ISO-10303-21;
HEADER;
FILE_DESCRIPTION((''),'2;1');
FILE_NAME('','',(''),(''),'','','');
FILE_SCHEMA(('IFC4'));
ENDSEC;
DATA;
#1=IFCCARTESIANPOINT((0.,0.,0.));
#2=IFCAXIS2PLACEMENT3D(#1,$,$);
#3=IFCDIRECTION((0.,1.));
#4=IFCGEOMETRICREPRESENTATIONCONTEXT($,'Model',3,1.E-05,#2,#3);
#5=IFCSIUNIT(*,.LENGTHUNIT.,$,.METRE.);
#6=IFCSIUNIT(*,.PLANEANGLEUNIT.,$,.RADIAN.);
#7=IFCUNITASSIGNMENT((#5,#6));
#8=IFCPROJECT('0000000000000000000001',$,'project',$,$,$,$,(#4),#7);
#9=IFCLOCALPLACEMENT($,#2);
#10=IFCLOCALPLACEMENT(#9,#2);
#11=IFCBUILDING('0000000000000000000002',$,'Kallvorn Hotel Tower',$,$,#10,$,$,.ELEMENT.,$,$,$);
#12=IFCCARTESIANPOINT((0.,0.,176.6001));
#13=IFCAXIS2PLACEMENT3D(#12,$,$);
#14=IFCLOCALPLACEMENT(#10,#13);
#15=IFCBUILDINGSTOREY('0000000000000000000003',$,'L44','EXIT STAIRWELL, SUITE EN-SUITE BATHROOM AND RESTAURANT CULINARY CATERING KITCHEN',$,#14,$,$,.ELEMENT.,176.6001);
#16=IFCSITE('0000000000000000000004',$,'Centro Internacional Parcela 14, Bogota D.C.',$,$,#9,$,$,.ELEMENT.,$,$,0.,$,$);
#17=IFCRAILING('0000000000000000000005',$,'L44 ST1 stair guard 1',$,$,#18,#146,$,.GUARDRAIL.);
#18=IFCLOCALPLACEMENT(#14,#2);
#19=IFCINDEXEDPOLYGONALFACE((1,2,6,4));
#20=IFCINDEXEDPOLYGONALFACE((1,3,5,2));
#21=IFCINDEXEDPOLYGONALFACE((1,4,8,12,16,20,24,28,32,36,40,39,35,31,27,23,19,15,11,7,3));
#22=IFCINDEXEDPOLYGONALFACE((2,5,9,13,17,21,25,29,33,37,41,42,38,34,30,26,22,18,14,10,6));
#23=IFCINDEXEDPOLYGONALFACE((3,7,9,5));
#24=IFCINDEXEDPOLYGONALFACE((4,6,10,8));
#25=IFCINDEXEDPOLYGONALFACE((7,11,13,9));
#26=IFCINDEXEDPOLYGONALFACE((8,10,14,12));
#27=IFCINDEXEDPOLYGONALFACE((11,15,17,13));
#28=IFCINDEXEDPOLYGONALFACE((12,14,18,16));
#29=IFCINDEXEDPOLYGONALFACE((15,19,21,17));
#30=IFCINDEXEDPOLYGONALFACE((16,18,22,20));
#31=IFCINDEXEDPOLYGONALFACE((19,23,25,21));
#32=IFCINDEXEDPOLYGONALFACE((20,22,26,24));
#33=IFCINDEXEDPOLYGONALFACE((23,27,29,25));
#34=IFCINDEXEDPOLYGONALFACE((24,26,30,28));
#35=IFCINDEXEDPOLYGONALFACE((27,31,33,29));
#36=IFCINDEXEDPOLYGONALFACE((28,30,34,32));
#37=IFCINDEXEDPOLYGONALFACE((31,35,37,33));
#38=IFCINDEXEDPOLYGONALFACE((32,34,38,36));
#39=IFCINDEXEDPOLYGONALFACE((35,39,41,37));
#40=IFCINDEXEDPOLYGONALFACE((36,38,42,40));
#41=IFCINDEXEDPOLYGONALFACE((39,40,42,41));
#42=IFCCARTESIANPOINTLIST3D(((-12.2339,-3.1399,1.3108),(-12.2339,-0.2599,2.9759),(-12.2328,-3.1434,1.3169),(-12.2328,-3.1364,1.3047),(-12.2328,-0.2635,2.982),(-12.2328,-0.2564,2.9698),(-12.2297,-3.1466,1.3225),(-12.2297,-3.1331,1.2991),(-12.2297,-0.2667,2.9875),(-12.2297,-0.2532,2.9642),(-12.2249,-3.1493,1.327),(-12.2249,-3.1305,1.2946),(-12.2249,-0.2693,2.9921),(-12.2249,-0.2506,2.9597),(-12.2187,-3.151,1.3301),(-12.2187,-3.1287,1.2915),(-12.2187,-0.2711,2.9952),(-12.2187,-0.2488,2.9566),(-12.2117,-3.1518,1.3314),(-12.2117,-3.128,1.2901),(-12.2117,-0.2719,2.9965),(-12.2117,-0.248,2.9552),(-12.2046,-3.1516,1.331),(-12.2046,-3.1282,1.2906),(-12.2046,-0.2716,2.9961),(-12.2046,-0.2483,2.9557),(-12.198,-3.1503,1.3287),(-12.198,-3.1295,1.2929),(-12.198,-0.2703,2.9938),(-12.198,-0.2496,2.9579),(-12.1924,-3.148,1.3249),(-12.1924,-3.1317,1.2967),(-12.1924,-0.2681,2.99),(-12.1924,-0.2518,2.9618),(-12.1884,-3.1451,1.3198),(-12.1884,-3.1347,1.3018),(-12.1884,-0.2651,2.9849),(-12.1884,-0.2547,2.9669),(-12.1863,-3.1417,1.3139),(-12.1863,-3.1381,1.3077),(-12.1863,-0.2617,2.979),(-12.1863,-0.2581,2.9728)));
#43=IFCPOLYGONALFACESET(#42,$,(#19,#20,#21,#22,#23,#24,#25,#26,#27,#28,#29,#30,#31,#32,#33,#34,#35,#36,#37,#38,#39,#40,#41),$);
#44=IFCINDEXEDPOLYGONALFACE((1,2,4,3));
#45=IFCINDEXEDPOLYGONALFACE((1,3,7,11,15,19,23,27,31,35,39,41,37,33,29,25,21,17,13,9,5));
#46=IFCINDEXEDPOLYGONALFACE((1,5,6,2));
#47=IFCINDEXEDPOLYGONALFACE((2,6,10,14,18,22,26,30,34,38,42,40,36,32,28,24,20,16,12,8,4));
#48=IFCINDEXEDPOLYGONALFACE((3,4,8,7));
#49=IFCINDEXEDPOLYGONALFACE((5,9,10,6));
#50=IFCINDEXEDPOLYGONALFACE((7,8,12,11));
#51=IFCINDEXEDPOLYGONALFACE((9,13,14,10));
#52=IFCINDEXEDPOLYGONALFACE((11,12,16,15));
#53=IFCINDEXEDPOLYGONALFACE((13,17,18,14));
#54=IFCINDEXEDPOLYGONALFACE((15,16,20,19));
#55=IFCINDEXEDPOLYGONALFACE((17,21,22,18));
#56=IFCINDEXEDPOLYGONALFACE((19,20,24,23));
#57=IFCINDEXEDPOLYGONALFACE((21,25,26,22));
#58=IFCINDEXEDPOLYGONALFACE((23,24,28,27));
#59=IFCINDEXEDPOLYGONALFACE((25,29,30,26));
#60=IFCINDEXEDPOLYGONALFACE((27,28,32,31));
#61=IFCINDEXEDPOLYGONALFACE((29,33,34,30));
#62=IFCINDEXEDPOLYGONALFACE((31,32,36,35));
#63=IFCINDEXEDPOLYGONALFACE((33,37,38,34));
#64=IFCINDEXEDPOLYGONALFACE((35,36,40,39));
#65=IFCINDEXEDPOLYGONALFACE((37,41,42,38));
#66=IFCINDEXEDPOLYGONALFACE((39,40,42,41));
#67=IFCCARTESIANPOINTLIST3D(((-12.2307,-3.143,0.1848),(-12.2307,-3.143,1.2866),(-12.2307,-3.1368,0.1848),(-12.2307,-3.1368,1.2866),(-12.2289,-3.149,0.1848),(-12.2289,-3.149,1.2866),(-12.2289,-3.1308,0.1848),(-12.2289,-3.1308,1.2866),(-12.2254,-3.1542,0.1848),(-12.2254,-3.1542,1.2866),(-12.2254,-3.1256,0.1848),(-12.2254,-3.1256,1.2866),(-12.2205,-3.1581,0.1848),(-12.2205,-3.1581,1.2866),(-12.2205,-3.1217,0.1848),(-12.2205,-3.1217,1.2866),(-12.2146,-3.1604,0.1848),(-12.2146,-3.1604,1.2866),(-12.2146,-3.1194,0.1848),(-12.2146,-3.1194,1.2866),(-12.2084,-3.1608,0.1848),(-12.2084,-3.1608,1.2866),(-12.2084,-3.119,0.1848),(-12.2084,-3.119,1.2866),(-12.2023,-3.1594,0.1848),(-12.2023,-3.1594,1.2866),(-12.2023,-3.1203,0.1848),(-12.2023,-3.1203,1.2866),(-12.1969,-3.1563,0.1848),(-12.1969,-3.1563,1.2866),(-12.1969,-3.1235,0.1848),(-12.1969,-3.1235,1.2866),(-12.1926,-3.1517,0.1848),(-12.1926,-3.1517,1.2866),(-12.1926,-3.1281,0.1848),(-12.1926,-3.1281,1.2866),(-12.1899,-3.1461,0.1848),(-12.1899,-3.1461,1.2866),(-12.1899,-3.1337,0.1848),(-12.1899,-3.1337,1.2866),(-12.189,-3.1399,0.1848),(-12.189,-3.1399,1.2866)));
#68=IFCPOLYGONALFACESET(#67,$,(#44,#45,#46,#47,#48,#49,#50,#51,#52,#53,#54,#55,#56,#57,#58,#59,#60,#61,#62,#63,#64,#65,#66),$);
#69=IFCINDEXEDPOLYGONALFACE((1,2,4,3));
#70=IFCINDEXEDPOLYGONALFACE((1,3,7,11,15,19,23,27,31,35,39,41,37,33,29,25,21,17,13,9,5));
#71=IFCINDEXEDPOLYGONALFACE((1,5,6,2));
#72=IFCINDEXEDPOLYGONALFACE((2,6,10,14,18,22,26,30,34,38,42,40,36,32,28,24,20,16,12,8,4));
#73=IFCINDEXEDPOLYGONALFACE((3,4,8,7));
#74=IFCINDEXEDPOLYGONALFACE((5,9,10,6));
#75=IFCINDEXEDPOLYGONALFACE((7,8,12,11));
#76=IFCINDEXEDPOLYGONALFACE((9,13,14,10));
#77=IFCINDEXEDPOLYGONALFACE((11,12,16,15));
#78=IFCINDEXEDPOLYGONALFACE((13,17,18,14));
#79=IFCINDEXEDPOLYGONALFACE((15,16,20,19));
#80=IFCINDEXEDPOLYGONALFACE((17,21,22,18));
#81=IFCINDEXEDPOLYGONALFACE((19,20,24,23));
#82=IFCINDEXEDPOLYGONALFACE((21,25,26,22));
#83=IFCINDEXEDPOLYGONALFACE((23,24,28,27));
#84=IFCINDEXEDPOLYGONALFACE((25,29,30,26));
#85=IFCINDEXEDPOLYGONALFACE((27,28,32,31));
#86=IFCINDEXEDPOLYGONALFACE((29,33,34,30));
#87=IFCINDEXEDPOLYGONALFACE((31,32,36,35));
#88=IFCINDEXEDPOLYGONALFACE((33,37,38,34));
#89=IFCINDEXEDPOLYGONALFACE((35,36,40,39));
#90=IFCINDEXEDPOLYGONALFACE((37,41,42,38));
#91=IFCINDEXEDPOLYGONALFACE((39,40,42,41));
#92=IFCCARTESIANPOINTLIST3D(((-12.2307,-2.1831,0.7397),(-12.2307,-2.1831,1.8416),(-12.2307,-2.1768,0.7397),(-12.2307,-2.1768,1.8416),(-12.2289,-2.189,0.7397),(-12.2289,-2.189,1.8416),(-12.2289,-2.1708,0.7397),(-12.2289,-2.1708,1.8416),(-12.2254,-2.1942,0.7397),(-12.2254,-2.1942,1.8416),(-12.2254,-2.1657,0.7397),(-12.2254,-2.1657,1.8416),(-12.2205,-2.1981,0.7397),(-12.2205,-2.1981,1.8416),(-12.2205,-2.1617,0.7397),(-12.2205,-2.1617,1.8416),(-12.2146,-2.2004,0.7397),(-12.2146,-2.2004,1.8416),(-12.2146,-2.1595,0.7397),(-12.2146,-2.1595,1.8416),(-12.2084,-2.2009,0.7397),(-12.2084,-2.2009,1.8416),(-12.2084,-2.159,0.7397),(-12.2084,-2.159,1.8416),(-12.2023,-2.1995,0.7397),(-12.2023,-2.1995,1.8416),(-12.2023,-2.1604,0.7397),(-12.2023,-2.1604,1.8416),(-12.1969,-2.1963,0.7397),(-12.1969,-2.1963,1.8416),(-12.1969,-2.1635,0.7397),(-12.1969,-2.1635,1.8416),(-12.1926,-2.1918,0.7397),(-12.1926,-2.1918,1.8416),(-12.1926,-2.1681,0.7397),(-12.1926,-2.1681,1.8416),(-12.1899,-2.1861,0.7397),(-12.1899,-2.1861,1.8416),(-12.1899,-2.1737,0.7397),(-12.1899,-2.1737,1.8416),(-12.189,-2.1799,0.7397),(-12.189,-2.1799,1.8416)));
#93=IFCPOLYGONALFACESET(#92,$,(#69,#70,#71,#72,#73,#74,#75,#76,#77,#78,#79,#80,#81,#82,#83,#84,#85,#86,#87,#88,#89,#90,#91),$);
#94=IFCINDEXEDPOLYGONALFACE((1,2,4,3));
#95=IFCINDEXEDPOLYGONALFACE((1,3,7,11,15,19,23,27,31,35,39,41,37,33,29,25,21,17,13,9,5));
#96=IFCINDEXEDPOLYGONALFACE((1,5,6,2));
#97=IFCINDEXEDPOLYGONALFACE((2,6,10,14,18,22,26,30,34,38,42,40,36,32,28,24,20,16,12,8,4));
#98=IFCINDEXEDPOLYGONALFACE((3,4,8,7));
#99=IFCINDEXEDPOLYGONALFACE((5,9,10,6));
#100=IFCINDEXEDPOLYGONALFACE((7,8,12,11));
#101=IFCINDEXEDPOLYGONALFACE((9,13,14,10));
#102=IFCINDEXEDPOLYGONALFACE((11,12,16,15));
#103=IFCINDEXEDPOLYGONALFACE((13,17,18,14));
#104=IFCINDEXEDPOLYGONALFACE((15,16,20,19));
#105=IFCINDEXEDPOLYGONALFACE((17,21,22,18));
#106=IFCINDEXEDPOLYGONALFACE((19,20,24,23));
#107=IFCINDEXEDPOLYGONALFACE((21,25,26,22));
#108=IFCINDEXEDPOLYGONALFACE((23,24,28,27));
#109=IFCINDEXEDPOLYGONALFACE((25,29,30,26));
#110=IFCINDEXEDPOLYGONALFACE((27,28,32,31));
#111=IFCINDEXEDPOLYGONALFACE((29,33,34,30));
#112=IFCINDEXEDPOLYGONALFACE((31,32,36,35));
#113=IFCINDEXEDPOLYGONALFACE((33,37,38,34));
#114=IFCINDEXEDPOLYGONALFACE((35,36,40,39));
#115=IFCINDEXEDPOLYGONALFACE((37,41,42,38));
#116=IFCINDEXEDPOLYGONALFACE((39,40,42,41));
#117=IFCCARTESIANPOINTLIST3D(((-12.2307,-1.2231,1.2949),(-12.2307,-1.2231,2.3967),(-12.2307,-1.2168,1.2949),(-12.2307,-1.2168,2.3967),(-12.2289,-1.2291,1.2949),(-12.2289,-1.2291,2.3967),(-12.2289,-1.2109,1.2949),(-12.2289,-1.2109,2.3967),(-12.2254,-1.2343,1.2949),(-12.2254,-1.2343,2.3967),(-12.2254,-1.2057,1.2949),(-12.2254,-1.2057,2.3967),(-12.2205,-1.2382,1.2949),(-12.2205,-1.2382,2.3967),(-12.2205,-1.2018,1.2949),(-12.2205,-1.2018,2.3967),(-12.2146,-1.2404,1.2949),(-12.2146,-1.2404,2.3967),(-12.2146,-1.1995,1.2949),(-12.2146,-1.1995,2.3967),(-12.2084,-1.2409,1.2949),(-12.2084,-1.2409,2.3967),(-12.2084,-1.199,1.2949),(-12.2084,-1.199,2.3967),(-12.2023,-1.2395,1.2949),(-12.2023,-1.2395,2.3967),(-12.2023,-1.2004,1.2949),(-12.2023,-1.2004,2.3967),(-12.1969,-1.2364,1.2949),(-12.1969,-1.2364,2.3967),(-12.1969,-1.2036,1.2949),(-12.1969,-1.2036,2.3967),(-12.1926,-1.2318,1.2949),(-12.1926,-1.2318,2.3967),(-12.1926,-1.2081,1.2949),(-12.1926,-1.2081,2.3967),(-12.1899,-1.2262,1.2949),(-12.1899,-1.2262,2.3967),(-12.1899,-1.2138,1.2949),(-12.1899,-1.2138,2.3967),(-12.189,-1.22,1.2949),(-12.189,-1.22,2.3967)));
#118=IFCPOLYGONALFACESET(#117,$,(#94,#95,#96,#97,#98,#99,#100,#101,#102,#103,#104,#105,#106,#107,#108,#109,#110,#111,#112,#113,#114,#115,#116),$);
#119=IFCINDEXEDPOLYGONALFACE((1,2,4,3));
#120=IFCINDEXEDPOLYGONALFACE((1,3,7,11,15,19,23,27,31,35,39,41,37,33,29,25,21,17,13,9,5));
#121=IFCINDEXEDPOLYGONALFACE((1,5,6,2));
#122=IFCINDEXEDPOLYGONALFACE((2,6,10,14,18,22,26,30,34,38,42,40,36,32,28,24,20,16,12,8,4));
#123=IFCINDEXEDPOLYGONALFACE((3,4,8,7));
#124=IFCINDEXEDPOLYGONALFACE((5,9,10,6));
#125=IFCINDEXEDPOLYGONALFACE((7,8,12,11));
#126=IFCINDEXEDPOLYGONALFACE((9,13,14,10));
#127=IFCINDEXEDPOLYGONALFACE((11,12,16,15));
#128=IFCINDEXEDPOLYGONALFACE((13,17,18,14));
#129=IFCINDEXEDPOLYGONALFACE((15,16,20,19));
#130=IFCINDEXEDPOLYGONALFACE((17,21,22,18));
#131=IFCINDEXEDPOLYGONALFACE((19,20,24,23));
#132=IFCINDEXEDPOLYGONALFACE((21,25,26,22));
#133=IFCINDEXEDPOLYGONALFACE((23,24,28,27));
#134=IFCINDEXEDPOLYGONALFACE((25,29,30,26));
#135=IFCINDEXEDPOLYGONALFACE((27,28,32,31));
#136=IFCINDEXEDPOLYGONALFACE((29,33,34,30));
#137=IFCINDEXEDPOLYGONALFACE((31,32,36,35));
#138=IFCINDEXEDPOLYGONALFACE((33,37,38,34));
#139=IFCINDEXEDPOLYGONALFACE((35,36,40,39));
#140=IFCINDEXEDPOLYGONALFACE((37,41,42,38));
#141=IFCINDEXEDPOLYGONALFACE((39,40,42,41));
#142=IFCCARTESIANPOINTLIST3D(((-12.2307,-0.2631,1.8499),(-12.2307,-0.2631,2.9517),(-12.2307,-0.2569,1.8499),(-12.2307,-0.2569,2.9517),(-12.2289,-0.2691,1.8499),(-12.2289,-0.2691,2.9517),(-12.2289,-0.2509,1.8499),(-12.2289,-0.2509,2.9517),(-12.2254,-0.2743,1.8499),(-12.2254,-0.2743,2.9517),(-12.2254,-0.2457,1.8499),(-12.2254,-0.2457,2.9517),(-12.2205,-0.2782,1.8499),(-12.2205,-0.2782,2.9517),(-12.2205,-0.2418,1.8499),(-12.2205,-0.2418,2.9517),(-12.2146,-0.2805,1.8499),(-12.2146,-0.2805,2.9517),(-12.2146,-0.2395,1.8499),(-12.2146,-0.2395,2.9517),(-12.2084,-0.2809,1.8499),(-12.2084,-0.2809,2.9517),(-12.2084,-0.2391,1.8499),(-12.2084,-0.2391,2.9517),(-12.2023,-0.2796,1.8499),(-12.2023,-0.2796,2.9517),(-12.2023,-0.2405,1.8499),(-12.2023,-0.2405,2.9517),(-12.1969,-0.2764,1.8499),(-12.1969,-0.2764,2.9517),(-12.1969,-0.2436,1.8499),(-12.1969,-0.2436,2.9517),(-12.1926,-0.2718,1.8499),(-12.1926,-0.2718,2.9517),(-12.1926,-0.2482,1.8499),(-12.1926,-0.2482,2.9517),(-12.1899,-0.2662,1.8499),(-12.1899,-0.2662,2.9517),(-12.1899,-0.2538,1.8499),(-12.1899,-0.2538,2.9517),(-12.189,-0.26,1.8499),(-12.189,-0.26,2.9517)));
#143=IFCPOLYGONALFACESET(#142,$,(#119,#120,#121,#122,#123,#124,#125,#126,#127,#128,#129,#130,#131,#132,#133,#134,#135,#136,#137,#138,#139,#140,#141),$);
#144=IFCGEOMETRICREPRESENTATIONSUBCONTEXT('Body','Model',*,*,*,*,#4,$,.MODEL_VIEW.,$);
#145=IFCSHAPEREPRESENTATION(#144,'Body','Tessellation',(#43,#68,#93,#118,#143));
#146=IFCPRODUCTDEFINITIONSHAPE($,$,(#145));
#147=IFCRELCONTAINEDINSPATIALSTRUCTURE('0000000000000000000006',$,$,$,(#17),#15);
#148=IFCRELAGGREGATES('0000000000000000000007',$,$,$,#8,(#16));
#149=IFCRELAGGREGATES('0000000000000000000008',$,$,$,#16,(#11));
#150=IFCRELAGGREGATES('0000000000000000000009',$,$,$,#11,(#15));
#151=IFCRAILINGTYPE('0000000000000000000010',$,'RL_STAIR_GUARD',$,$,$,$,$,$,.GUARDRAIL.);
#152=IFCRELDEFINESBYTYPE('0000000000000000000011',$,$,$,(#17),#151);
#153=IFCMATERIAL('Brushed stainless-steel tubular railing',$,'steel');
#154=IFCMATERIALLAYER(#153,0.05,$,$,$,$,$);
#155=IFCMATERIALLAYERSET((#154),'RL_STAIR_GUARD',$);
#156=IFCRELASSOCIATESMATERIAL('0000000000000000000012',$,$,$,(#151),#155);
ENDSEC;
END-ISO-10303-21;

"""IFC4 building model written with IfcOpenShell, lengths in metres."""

from ifc_helpers import new_model, si_unit, direction, frame, origin, origin_2d, place, context, subcontext, project, spatial, circle, extrude, material, layer, layer_set, type_object, element, save


model = new_model("IFC4")

# Units and contexts
model_context = context("Model", 3, precision=1e-05, world=origin(), true_north=direction((0.0, 1.0)))
body_context = subcontext(model_context, "Body", "Model", "MODEL_VIEW")
ifc_project = project(units=[si_unit("LENGTHUNIT", "METRE"), si_unit("PLANEANGLEUNIT", "RADIAN")], contexts=[model_context])

# Site, building, storey
site_placement = place(None, origin())
site = spatial("IfcSite", under=ifc_project, at=site_placement, Name="Centro Internacional Parcela 14, Bogota D.C.", CompositionType="ELEMENT", RefElevation=0.0)
building_placement = place(site_placement, origin())
building = spatial("IfcBuilding", under=site, at=building_placement, Name="Kallvorn Hotel Tower", CompositionType="ELEMENT")
storey_placement = place(building_placement, frame((0.0, 0.0, 176.6001)))
storey = spatial("IfcBuildingStorey", under=building, at=storey_placement, Name="L44", Description="EXIT STAIRWELL, SUITE EN-SUITE BATHROOM AND RESTAURANT CULINARY CATERING KITCHEN", CompositionType="ELEMENT", Elevation=176.6001)

# Railing
ifc_material_1 = material(Name="Brushed stainless-steel tubular railing", Category="steel")
ifc_layer_1 = layer(ifc_material_1, 0.05)
ifc_layer_set_1 = layer_set([ifc_layer_1], Name="RL_STAIR_GUARD")
railing_type = type_object("IfcRailingType", Name="RL_STAIR_GUARD", PredefinedType="GUARDRAIL", material=ifc_layer_set_1)
railing_placement = place(storey_placement, frame((-12.21, -3.1399, 0.1848)))
element("IfcRailing", 1, at=railing_placement, inside=storey, type_object=railing_type, Name="L44 ST1 stair guard 1", PredefinedType="GUARDRAIL", context=body_context, shape_type="SweptSolid", body=[
    extrude(circle(Radius=0.0239, at=origin_2d()), frame((0.0, 0.0, 1.126), z_axis=(0.0, 0.865721, 0.500527), x_axis=(-1.0, 0.0, 0.0)), (0.0, 0.0, 1.0), 3.3267),
    extrude(circle(Radius=0.021, at=origin_2d()), origin(), (0.0, 0.0, 1.0), 1.1018),
    extrude(circle(Radius=0.021, at=origin_2d()), frame((0.0, 0.96, 0.5549)), (0.0, 0.0, 1.0), 1.1018),
    extrude(circle(Radius=0.021, at=origin_2d()), frame((0.0, 1.9199, 1.1101)), (0.0, 0.0, 1.0), 1.1018),
    extrude(circle(Radius=0.021, at=origin_2d()), frame((0.0, 2.8799, 1.665)), (0.0, 0.0, 1.0), 1.1018),
])

save(model, "model.ifc")
